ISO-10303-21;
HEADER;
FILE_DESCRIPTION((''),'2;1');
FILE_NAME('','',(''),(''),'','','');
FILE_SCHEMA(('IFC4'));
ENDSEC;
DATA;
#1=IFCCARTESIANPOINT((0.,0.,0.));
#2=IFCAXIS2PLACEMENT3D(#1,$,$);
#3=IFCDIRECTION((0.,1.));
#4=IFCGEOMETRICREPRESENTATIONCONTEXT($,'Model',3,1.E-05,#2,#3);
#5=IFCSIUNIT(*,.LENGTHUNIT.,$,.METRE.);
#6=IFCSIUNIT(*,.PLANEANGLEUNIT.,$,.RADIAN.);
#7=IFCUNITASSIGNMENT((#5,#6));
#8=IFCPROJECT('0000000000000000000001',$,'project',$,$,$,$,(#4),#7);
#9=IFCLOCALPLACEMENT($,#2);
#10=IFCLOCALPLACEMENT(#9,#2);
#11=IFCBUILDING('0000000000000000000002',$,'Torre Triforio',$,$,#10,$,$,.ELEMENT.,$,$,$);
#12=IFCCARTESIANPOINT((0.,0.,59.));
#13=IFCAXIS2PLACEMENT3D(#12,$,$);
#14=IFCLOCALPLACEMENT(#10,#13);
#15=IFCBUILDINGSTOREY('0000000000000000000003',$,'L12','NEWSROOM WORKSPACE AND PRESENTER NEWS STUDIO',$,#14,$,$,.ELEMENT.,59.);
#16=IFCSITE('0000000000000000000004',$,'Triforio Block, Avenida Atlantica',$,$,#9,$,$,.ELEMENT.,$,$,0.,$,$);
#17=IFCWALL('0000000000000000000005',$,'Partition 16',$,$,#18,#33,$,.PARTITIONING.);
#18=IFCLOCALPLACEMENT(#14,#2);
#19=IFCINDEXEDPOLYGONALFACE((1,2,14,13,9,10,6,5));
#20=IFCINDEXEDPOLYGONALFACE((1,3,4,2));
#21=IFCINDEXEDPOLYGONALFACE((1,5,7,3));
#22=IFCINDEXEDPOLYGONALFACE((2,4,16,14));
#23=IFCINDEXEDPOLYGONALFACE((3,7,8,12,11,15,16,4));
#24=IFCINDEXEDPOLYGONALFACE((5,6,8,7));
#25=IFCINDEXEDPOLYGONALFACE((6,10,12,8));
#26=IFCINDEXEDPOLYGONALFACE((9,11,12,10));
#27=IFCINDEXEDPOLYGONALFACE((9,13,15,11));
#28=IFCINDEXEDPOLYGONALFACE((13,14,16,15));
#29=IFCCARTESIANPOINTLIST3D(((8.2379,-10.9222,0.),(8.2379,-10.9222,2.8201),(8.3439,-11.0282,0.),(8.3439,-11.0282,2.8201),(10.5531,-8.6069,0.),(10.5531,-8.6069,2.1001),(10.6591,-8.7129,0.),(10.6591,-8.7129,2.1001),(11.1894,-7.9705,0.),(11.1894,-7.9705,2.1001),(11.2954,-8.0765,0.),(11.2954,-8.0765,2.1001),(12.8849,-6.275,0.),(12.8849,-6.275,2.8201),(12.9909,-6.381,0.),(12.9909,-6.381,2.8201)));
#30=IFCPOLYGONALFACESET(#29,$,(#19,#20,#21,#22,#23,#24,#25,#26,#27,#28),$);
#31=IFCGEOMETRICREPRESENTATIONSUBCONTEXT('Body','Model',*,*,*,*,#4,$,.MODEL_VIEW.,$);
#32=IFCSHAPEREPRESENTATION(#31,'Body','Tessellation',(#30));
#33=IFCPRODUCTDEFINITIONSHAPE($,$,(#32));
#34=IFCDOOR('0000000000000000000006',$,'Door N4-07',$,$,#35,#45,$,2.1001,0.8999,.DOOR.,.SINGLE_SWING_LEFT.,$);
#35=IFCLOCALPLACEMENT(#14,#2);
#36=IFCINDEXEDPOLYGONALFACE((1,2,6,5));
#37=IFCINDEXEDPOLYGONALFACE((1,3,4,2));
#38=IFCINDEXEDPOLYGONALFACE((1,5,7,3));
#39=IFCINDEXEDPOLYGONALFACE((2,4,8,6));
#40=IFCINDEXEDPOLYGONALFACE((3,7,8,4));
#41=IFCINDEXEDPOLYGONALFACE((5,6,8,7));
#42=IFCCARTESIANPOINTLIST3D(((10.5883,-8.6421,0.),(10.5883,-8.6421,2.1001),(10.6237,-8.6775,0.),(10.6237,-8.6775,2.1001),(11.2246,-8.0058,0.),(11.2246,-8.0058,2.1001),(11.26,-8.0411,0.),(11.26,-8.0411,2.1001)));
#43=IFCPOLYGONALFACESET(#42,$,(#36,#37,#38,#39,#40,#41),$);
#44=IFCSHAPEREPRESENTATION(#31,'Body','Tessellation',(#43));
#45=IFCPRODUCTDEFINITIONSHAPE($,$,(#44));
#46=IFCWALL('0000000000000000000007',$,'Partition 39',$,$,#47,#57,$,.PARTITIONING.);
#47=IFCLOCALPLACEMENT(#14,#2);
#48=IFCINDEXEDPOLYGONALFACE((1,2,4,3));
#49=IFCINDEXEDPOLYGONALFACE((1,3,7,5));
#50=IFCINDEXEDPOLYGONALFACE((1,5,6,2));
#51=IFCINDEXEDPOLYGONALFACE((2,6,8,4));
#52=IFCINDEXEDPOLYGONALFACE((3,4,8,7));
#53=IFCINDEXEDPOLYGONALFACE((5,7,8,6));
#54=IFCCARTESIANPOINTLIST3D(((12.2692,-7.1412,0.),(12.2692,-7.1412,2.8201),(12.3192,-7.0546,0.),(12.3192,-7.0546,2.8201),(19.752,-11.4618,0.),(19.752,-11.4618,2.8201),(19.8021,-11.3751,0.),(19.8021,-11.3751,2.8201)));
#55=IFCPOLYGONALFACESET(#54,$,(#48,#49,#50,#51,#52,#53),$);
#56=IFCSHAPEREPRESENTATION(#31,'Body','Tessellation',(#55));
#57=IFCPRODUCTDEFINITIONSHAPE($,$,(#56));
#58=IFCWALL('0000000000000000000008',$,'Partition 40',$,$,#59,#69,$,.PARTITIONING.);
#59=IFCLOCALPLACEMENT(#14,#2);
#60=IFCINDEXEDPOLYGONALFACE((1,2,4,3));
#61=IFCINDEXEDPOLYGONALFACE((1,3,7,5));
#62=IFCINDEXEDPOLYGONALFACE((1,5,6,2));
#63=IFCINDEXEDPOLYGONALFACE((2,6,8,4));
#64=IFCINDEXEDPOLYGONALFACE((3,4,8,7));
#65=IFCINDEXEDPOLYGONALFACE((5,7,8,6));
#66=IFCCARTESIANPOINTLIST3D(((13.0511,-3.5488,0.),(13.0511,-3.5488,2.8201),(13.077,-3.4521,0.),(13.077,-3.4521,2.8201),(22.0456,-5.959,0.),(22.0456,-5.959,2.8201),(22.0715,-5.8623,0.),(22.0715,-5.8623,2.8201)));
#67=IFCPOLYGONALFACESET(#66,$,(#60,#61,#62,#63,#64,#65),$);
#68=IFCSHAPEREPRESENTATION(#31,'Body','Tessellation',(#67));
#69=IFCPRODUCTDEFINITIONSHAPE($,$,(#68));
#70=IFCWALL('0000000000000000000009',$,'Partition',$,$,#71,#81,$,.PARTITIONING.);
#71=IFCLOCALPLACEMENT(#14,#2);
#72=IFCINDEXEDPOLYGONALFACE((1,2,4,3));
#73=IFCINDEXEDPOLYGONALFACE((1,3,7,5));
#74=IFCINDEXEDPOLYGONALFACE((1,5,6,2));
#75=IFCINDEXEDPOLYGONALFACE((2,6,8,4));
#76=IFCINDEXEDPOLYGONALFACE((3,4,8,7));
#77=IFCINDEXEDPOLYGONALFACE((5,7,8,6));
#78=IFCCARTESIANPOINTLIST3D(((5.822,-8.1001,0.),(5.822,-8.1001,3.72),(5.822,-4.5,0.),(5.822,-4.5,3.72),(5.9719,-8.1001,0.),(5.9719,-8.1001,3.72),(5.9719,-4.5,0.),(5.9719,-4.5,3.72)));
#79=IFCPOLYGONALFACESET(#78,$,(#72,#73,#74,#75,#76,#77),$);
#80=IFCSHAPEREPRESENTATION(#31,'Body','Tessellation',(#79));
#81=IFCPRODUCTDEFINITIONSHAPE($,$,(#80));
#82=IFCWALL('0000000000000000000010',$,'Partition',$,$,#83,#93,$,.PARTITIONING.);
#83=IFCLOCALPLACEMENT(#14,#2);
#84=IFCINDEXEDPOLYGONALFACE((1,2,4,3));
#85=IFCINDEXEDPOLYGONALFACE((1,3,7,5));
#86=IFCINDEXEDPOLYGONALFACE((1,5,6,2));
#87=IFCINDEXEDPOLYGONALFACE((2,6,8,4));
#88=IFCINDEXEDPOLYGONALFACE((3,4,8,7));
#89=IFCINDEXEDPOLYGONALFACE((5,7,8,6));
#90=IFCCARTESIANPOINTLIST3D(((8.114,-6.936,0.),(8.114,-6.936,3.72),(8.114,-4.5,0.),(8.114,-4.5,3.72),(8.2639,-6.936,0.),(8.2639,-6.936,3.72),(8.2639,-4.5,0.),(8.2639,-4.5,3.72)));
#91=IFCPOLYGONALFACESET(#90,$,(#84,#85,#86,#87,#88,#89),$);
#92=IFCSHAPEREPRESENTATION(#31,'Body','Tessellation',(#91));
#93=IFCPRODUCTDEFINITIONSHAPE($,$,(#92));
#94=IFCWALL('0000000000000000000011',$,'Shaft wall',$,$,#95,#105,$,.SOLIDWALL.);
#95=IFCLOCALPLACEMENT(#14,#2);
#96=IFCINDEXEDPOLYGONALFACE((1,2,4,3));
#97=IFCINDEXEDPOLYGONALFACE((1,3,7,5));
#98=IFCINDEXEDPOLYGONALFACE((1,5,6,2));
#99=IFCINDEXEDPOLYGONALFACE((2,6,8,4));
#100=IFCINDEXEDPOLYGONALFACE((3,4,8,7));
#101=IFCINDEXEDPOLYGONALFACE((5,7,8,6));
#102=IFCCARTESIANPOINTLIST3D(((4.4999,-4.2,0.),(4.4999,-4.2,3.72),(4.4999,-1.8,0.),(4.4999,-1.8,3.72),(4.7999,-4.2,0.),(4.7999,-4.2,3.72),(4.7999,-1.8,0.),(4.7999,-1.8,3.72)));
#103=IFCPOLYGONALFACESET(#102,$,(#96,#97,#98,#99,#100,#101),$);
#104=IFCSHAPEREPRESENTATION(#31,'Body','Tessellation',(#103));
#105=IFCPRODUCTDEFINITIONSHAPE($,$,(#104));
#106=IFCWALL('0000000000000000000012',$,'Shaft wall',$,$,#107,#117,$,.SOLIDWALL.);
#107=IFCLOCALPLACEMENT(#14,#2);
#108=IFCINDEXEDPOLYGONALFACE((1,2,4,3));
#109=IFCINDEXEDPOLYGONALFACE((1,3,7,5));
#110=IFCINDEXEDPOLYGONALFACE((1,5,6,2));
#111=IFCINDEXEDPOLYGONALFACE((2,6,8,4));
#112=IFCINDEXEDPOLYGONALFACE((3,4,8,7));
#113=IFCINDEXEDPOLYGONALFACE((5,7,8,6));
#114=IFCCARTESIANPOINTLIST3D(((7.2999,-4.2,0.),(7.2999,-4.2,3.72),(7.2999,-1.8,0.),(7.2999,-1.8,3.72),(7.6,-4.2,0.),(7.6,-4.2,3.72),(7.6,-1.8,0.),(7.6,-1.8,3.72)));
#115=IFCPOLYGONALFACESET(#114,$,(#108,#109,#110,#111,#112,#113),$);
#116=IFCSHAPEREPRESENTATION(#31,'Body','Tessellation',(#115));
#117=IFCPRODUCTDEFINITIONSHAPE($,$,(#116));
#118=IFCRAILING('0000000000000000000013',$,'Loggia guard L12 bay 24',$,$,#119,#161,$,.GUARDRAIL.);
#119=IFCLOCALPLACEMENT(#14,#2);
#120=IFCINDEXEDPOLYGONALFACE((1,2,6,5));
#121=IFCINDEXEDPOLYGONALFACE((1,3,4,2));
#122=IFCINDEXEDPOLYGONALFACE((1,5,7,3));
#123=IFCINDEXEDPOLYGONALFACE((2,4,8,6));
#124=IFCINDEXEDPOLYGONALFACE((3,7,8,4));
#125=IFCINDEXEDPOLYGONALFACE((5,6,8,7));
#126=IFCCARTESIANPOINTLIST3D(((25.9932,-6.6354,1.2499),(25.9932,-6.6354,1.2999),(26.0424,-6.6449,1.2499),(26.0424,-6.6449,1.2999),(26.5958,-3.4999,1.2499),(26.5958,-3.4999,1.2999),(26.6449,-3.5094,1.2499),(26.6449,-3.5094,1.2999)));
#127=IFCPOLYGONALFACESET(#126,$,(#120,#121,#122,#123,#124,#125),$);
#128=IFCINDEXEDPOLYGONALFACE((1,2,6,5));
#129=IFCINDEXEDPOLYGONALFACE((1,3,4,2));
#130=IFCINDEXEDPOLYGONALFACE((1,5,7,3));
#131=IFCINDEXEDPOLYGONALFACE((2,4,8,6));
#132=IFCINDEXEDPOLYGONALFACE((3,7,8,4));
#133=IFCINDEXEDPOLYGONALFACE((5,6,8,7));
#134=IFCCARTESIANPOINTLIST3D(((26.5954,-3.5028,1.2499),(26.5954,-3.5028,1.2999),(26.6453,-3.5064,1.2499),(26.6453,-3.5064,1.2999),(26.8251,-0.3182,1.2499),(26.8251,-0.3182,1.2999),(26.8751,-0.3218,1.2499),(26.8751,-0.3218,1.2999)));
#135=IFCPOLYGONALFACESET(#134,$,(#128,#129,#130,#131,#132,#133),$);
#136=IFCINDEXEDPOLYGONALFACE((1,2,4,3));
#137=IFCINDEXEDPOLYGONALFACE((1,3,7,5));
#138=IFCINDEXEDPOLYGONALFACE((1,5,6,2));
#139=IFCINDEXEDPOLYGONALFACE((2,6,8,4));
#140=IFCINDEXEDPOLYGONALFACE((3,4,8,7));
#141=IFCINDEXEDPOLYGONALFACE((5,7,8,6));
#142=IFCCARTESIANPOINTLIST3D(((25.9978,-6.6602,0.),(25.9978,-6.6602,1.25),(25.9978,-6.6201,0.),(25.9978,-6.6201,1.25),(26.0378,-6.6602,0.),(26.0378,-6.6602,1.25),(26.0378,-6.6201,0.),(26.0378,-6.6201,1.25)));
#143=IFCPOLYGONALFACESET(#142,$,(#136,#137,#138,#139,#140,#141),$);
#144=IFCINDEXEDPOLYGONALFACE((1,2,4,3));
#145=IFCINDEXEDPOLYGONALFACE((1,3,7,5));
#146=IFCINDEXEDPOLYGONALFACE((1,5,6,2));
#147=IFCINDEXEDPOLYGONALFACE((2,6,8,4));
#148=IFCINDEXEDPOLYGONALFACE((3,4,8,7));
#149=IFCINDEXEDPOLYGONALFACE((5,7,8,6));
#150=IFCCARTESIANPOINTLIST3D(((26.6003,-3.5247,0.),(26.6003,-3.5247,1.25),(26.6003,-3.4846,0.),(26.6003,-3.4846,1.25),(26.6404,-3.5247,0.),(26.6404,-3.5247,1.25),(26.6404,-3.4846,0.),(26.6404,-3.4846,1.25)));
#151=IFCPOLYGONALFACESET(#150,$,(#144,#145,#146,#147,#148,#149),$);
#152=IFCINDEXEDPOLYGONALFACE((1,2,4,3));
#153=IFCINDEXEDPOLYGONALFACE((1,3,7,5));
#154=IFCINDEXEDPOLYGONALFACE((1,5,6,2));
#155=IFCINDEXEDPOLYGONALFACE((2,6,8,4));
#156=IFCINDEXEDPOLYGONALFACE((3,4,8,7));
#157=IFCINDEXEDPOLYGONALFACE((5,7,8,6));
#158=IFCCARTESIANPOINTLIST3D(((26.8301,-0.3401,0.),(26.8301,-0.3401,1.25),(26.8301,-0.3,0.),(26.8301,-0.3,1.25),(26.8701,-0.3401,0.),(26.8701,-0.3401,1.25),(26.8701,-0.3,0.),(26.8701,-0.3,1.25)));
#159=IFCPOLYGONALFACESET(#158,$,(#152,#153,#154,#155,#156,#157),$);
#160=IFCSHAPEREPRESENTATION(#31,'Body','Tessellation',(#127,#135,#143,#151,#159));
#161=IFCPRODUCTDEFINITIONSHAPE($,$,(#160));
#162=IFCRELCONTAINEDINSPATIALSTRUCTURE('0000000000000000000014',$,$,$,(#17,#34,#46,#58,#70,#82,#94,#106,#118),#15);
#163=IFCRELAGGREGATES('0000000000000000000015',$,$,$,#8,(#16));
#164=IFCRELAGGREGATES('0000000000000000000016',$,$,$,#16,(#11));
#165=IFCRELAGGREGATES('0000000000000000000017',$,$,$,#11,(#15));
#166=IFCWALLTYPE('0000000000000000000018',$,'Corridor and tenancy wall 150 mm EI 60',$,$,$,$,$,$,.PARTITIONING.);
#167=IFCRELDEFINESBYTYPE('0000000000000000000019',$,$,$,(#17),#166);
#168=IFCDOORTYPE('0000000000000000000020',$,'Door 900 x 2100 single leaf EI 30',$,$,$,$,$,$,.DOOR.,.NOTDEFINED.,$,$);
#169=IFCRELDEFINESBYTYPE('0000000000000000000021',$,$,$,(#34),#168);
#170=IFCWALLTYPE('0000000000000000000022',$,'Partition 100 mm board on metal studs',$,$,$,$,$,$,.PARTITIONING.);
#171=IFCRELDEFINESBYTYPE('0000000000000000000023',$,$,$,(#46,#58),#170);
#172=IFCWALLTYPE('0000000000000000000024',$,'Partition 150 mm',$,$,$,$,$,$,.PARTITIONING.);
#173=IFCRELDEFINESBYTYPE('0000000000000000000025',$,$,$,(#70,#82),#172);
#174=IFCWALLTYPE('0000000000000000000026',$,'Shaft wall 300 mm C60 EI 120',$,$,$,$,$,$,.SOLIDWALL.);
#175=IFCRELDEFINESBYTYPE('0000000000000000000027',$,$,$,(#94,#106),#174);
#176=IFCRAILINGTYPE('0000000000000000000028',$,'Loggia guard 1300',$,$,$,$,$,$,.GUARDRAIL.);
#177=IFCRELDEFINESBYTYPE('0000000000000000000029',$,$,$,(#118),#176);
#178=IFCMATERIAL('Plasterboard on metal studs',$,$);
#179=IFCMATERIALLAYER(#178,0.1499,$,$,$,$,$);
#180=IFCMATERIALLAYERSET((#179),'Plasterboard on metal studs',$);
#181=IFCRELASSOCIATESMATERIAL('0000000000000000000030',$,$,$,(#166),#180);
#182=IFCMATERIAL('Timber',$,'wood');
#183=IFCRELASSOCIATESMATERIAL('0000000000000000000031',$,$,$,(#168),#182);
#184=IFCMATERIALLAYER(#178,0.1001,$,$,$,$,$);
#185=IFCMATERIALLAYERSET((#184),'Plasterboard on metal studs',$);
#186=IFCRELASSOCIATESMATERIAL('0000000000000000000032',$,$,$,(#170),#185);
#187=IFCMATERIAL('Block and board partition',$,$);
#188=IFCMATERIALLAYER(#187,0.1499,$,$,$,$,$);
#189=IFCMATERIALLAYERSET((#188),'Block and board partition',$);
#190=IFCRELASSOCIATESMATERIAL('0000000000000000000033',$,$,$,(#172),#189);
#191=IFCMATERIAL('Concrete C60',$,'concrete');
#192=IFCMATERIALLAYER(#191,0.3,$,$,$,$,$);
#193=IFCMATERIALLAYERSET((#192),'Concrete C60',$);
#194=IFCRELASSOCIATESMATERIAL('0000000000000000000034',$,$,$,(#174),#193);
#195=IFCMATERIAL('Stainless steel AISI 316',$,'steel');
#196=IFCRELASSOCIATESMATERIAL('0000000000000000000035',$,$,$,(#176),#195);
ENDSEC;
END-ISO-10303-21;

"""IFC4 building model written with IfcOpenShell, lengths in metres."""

from ifc_helpers import new_model, si_unit, direction, frame, frame_2d, origin, origin_2d, place, context, subcontext, project, spatial, rectangle, extrude, material, layer, layer_set, type_object, element, fill, save


model = new_model("IFC4")

# Units and contexts
model_context = context("Model", 3, precision=1e-05, world=origin(), true_north=direction((0.0, 1.0)))
body_context = subcontext(model_context, "Body", "Model", "MODEL_VIEW")
ifc_project = project(units=[si_unit("LENGTHUNIT", "METRE"), si_unit("PLANEANGLEUNIT", "RADIAN")], contexts=[model_context])

# Site, building, storey
site_placement = place(None, origin())
site = spatial("IfcSite", under=ifc_project, at=site_placement, Name="Triforio Block, Avenida Atlantica", CompositionType="ELEMENT", RefElevation=0.0)
building_placement = place(site_placement, origin())
building = spatial("IfcBuilding", under=site, at=building_placement, Name="Torre Triforio", CompositionType="ELEMENT")
storey_placement = place(building_placement, frame((0.0, 0.0, 59.0)))
storey = spatial("IfcBuildingStorey", under=building, at=storey_placement, Name="L12", Description="NEWSROOM WORKSPACE AND PRESENTER NEWS STUDIO", CompositionType="ELEMENT", Elevation=59.0)

# Shared definitions
ifc_material_1 = material(Name="Concrete C60", Category="concrete")

# Wall, opening, door
ifc_material_2 = material(Name="Plasterboard on metal studs")
ifc_layer_1 = layer(ifc_material_2, 0.1499)
ifc_layer_set_1 = layer_set([ifc_layer_1], Name="Plasterboard on metal studs")
wall_type_1 = type_object("IfcWallType", Name="Corridor and tenancy wall 150 mm EI 60", PredefinedType="PARTITIONING", material=ifc_layer_set_1)
wall_1_placement = place(storey_placement, frame((12.938, -6.3279, 0.0), z_axis=(0.0, 0.0, 1.0), x_axis=(-0.707088, -0.707125, 0.0)))
wall_1 = element("IfcWall", 1, at=wall_1_placement, inside=storey, type_object=wall_type_1, Name="Partition 16", PredefinedType="PARTITIONING", context=body_context, shape_type="SweptSolid", body=[
    extrude(rectangle(XDim=6.572, YDim=0.1499, at=frame_2d((3.2861, 0.0))), origin(), (0.0, 0.0, 1.0), 2.8201),
])
opening_1_placement = place(wall_1_placement, frame((2.3979, 0.0, 0.0)))
opening_1 = element("IfcOpeningElement", 2, at=opening_1_placement, cuts=wall_1, PredefinedType="OPENING", context=body_context, shape_type="SweptSolid", body=[
    extrude(rectangle(XDim=0.8999, YDim=2.1001, at=frame_2d((0.45, 1.05))), frame((0.0, 0.085, 0.0), z_axis=(0.0, -1.0, 0.0), x_axis=(1.0, 0.0, 0.0)), (0.0, 0.0, 1.0), 0.1699),
])
ifc_material_3 = material(Name="Timber", Category="wood")
door_type_1 = type_object("IfcDoorType", Name="Door 900 x 2100 single leaf EI 30", OperationType="NOTDEFINED", PredefinedType="DOOR", material=ifc_material_3)
door_1_placement = place(opening_1_placement, origin())
door_1 = element("IfcDoor", 3, at=door_1_placement, inside=storey, type_object=door_type_1, Name="Door N4-07", OperationType="SINGLE_SWING_LEFT", OverallHeight=2.1001, OverallWidth=0.8999, PredefinedType="DOOR", context=body_context, shape_type="SweptSolid", body=[
    extrude(rectangle(XDim=0.8999, YDim=2.1001, at=frame_2d((0.45, 1.05))), frame((0.0, 0.0249, 0.0), z_axis=(0.0, -1.0, 0.0), x_axis=(1.0, 0.0, 0.0)), (0.0, 0.0, 1.0), 0.05),
])
fill(opening_1, door_1)

# Walls
ifc_layer_2 = layer(ifc_material_2, 0.1001)
ifc_layer_set_2 = layer_set([ifc_layer_2], Name="Plasterboard on metal studs")
wall_type_2 = type_object("IfcWallType", Name="Partition 100 mm board on metal studs", PredefinedType="PARTITIONING", material=ifc_layer_set_2)
wall_2_placement = place(storey_placement, frame((12.2942, -7.0979, 0.0), z_axis=(0.0, 0.0, 1.0), x_axis=(0.866011, -0.500026, 0.0)))
element("IfcWall", 4, at=wall_2_placement, inside=storey, type_object=wall_type_2, Name="Partition 39", PredefinedType="PARTITIONING", context=body_context, shape_type="SweptSolid", body=[
    extrude(rectangle(XDim=8.6406, YDim=0.1001, at=frame_2d((4.3203, 0.0))), origin(), (0.0, 0.0, 1.0), 2.8201),
])
wall_3_placement = place(storey_placement, frame((13.0642, -3.5005, 0.0), z_axis=(0.0, 0.0, 1.0), x_axis=(0.965923, -0.258831, 0.0)))
element("IfcWall", 5, at=wall_3_placement, inside=storey, type_object=wall_type_2, Name="Partition 40", PredefinedType="PARTITIONING", context=body_context, shape_type="SweptSolid", body=[
    extrude(rectangle(XDim=9.3118, YDim=0.1001, at=frame_2d((4.6558, 0.0))), origin(), (0.0, 0.0, 1.0), 2.8201),
])
ifc_material_4 = material(Name="Block and board partition")
ifc_layer_3 = layer(ifc_material_4, 0.1499)
ifc_layer_set_3 = layer_set([ifc_layer_3], Name="Block and board partition")
wall_type_3 = type_object("IfcWallType", Name="Partition 150 mm", PredefinedType="PARTITIONING", material=ifc_layer_set_3)
wall_4_placement = place(storey_placement, frame((5.897, -8.1001, 0.0), z_axis=(0.0, 0.0, 1.0), x_axis=(0.0, 1.0, 0.0)))
element("IfcWall", 6, at=wall_4_placement, inside=storey, type_object=wall_type_3, Name="Partition", PredefinedType="PARTITIONING", context=body_context, shape_type="SweptSolid", body=[
    extrude(rectangle(XDim=3.6001, YDim=0.1499, at=frame_2d((1.8, 0.0))), origin(), (0.0, 0.0, 1.0), 3.72),
])
wall_5_placement = place(storey_placement, frame((8.189, -6.936, 0.0), z_axis=(0.0, 0.0, 1.0), x_axis=(0.0, 1.0, 0.0)))
element("IfcWall", 7, at=wall_5_placement, inside=storey, type_object=wall_type_3, Name="Partition", PredefinedType="PARTITIONING", context=body_context, shape_type="SweptSolid", body=[
    extrude(rectangle(XDim=2.436, YDim=0.1499, at=frame_2d((1.218, 0.0))), origin(), (0.0, 0.0, 1.0), 3.72),
])
ifc_layer_4 = layer(ifc_material_1, 0.3)
ifc_layer_set_4 = layer_set([ifc_layer_4], Name="Concrete C60")
wall_type_4 = type_object("IfcWallType", Name="Shaft wall 300 mm C60 EI 120", PredefinedType="SOLIDWALL", material=ifc_layer_set_4)
for number, where, z_axis, x_axis, name in (
    (8, (4.6499, -4.2, 0.0), (0.0, 0.0, 1.0), (0.0, 1.0, 0.0), "Shaft wall"),
    (9, (7.45, -4.2, 0.0), (0.0, 0.0, 1.0), (0.0, 1.0, 0.0), "Shaft wall"),
):
    element("IfcWall", number, at=place(storey_placement, frame(where, z_axis=z_axis, x_axis=x_axis)), inside=storey, type_object=wall_type_4, Name=name, PredefinedType="SOLIDWALL", context=body_context, shape_type="SweptSolid", body=[
        extrude(rectangle(XDim=2.3999, YDim=0.3, at=frame_2d((1.2, 0.0))), origin(), (0.0, 0.0, 1.0), 3.72),
    ])

# Railing
ifc_material_5 = material(Name="Stainless steel AISI 316", Category="steel")
railing_type = type_object("IfcRailingType", Name="Loggia guard 1300", PredefinedType="GUARDRAIL", material=ifc_material_5)
railing_placement = place(storey_placement, frame((26.0178, -6.6401, 0.0)))
element("IfcRailing", 10, at=railing_placement, inside=storey, type_object=railing_type, Name="Loggia guard L12 bay 24", PredefinedType="GUARDRAIL", context=body_context, shape_type="SweptSolid", body=[
    extrude(rectangle(XDim=0.05, YDim=0.05, at=origin_2d()), frame((0.0, 0.0, 1.2749), z_axis=(0.188714, 0.982032, 0.0), x_axis=(-0.982032, 0.188714, 0.0)), (0.0, 0.0, 1.0), 3.1929),
    extrude(rectangle(XDim=0.05, YDim=0.05, at=origin_2d()), frame((0.6025, 3.1355, 1.2749), z_axis=(0.071953, 0.997408, 0.0), x_axis=(-0.997408, 0.071953, 0.0)), (0.0, 0.0, 1.0), 3.1929),
    extrude(rectangle(XDim=0.04, YDim=0.04, at=origin_2d()), origin(), (0.0, 0.0, 1.0), 1.25),
    extrude(rectangle(XDim=0.04, YDim=0.04, at=origin_2d()), frame((0.6025, 3.1355, 0.0)), (0.0, 0.0, 1.0), 1.25),
    extrude(rectangle(XDim=0.04, YDim=0.04, at=origin_2d()), frame((0.8323, 6.3201, 0.0)), (0.0, 0.0, 1.0), 1.25),
])

save(model, "model.ifc")
